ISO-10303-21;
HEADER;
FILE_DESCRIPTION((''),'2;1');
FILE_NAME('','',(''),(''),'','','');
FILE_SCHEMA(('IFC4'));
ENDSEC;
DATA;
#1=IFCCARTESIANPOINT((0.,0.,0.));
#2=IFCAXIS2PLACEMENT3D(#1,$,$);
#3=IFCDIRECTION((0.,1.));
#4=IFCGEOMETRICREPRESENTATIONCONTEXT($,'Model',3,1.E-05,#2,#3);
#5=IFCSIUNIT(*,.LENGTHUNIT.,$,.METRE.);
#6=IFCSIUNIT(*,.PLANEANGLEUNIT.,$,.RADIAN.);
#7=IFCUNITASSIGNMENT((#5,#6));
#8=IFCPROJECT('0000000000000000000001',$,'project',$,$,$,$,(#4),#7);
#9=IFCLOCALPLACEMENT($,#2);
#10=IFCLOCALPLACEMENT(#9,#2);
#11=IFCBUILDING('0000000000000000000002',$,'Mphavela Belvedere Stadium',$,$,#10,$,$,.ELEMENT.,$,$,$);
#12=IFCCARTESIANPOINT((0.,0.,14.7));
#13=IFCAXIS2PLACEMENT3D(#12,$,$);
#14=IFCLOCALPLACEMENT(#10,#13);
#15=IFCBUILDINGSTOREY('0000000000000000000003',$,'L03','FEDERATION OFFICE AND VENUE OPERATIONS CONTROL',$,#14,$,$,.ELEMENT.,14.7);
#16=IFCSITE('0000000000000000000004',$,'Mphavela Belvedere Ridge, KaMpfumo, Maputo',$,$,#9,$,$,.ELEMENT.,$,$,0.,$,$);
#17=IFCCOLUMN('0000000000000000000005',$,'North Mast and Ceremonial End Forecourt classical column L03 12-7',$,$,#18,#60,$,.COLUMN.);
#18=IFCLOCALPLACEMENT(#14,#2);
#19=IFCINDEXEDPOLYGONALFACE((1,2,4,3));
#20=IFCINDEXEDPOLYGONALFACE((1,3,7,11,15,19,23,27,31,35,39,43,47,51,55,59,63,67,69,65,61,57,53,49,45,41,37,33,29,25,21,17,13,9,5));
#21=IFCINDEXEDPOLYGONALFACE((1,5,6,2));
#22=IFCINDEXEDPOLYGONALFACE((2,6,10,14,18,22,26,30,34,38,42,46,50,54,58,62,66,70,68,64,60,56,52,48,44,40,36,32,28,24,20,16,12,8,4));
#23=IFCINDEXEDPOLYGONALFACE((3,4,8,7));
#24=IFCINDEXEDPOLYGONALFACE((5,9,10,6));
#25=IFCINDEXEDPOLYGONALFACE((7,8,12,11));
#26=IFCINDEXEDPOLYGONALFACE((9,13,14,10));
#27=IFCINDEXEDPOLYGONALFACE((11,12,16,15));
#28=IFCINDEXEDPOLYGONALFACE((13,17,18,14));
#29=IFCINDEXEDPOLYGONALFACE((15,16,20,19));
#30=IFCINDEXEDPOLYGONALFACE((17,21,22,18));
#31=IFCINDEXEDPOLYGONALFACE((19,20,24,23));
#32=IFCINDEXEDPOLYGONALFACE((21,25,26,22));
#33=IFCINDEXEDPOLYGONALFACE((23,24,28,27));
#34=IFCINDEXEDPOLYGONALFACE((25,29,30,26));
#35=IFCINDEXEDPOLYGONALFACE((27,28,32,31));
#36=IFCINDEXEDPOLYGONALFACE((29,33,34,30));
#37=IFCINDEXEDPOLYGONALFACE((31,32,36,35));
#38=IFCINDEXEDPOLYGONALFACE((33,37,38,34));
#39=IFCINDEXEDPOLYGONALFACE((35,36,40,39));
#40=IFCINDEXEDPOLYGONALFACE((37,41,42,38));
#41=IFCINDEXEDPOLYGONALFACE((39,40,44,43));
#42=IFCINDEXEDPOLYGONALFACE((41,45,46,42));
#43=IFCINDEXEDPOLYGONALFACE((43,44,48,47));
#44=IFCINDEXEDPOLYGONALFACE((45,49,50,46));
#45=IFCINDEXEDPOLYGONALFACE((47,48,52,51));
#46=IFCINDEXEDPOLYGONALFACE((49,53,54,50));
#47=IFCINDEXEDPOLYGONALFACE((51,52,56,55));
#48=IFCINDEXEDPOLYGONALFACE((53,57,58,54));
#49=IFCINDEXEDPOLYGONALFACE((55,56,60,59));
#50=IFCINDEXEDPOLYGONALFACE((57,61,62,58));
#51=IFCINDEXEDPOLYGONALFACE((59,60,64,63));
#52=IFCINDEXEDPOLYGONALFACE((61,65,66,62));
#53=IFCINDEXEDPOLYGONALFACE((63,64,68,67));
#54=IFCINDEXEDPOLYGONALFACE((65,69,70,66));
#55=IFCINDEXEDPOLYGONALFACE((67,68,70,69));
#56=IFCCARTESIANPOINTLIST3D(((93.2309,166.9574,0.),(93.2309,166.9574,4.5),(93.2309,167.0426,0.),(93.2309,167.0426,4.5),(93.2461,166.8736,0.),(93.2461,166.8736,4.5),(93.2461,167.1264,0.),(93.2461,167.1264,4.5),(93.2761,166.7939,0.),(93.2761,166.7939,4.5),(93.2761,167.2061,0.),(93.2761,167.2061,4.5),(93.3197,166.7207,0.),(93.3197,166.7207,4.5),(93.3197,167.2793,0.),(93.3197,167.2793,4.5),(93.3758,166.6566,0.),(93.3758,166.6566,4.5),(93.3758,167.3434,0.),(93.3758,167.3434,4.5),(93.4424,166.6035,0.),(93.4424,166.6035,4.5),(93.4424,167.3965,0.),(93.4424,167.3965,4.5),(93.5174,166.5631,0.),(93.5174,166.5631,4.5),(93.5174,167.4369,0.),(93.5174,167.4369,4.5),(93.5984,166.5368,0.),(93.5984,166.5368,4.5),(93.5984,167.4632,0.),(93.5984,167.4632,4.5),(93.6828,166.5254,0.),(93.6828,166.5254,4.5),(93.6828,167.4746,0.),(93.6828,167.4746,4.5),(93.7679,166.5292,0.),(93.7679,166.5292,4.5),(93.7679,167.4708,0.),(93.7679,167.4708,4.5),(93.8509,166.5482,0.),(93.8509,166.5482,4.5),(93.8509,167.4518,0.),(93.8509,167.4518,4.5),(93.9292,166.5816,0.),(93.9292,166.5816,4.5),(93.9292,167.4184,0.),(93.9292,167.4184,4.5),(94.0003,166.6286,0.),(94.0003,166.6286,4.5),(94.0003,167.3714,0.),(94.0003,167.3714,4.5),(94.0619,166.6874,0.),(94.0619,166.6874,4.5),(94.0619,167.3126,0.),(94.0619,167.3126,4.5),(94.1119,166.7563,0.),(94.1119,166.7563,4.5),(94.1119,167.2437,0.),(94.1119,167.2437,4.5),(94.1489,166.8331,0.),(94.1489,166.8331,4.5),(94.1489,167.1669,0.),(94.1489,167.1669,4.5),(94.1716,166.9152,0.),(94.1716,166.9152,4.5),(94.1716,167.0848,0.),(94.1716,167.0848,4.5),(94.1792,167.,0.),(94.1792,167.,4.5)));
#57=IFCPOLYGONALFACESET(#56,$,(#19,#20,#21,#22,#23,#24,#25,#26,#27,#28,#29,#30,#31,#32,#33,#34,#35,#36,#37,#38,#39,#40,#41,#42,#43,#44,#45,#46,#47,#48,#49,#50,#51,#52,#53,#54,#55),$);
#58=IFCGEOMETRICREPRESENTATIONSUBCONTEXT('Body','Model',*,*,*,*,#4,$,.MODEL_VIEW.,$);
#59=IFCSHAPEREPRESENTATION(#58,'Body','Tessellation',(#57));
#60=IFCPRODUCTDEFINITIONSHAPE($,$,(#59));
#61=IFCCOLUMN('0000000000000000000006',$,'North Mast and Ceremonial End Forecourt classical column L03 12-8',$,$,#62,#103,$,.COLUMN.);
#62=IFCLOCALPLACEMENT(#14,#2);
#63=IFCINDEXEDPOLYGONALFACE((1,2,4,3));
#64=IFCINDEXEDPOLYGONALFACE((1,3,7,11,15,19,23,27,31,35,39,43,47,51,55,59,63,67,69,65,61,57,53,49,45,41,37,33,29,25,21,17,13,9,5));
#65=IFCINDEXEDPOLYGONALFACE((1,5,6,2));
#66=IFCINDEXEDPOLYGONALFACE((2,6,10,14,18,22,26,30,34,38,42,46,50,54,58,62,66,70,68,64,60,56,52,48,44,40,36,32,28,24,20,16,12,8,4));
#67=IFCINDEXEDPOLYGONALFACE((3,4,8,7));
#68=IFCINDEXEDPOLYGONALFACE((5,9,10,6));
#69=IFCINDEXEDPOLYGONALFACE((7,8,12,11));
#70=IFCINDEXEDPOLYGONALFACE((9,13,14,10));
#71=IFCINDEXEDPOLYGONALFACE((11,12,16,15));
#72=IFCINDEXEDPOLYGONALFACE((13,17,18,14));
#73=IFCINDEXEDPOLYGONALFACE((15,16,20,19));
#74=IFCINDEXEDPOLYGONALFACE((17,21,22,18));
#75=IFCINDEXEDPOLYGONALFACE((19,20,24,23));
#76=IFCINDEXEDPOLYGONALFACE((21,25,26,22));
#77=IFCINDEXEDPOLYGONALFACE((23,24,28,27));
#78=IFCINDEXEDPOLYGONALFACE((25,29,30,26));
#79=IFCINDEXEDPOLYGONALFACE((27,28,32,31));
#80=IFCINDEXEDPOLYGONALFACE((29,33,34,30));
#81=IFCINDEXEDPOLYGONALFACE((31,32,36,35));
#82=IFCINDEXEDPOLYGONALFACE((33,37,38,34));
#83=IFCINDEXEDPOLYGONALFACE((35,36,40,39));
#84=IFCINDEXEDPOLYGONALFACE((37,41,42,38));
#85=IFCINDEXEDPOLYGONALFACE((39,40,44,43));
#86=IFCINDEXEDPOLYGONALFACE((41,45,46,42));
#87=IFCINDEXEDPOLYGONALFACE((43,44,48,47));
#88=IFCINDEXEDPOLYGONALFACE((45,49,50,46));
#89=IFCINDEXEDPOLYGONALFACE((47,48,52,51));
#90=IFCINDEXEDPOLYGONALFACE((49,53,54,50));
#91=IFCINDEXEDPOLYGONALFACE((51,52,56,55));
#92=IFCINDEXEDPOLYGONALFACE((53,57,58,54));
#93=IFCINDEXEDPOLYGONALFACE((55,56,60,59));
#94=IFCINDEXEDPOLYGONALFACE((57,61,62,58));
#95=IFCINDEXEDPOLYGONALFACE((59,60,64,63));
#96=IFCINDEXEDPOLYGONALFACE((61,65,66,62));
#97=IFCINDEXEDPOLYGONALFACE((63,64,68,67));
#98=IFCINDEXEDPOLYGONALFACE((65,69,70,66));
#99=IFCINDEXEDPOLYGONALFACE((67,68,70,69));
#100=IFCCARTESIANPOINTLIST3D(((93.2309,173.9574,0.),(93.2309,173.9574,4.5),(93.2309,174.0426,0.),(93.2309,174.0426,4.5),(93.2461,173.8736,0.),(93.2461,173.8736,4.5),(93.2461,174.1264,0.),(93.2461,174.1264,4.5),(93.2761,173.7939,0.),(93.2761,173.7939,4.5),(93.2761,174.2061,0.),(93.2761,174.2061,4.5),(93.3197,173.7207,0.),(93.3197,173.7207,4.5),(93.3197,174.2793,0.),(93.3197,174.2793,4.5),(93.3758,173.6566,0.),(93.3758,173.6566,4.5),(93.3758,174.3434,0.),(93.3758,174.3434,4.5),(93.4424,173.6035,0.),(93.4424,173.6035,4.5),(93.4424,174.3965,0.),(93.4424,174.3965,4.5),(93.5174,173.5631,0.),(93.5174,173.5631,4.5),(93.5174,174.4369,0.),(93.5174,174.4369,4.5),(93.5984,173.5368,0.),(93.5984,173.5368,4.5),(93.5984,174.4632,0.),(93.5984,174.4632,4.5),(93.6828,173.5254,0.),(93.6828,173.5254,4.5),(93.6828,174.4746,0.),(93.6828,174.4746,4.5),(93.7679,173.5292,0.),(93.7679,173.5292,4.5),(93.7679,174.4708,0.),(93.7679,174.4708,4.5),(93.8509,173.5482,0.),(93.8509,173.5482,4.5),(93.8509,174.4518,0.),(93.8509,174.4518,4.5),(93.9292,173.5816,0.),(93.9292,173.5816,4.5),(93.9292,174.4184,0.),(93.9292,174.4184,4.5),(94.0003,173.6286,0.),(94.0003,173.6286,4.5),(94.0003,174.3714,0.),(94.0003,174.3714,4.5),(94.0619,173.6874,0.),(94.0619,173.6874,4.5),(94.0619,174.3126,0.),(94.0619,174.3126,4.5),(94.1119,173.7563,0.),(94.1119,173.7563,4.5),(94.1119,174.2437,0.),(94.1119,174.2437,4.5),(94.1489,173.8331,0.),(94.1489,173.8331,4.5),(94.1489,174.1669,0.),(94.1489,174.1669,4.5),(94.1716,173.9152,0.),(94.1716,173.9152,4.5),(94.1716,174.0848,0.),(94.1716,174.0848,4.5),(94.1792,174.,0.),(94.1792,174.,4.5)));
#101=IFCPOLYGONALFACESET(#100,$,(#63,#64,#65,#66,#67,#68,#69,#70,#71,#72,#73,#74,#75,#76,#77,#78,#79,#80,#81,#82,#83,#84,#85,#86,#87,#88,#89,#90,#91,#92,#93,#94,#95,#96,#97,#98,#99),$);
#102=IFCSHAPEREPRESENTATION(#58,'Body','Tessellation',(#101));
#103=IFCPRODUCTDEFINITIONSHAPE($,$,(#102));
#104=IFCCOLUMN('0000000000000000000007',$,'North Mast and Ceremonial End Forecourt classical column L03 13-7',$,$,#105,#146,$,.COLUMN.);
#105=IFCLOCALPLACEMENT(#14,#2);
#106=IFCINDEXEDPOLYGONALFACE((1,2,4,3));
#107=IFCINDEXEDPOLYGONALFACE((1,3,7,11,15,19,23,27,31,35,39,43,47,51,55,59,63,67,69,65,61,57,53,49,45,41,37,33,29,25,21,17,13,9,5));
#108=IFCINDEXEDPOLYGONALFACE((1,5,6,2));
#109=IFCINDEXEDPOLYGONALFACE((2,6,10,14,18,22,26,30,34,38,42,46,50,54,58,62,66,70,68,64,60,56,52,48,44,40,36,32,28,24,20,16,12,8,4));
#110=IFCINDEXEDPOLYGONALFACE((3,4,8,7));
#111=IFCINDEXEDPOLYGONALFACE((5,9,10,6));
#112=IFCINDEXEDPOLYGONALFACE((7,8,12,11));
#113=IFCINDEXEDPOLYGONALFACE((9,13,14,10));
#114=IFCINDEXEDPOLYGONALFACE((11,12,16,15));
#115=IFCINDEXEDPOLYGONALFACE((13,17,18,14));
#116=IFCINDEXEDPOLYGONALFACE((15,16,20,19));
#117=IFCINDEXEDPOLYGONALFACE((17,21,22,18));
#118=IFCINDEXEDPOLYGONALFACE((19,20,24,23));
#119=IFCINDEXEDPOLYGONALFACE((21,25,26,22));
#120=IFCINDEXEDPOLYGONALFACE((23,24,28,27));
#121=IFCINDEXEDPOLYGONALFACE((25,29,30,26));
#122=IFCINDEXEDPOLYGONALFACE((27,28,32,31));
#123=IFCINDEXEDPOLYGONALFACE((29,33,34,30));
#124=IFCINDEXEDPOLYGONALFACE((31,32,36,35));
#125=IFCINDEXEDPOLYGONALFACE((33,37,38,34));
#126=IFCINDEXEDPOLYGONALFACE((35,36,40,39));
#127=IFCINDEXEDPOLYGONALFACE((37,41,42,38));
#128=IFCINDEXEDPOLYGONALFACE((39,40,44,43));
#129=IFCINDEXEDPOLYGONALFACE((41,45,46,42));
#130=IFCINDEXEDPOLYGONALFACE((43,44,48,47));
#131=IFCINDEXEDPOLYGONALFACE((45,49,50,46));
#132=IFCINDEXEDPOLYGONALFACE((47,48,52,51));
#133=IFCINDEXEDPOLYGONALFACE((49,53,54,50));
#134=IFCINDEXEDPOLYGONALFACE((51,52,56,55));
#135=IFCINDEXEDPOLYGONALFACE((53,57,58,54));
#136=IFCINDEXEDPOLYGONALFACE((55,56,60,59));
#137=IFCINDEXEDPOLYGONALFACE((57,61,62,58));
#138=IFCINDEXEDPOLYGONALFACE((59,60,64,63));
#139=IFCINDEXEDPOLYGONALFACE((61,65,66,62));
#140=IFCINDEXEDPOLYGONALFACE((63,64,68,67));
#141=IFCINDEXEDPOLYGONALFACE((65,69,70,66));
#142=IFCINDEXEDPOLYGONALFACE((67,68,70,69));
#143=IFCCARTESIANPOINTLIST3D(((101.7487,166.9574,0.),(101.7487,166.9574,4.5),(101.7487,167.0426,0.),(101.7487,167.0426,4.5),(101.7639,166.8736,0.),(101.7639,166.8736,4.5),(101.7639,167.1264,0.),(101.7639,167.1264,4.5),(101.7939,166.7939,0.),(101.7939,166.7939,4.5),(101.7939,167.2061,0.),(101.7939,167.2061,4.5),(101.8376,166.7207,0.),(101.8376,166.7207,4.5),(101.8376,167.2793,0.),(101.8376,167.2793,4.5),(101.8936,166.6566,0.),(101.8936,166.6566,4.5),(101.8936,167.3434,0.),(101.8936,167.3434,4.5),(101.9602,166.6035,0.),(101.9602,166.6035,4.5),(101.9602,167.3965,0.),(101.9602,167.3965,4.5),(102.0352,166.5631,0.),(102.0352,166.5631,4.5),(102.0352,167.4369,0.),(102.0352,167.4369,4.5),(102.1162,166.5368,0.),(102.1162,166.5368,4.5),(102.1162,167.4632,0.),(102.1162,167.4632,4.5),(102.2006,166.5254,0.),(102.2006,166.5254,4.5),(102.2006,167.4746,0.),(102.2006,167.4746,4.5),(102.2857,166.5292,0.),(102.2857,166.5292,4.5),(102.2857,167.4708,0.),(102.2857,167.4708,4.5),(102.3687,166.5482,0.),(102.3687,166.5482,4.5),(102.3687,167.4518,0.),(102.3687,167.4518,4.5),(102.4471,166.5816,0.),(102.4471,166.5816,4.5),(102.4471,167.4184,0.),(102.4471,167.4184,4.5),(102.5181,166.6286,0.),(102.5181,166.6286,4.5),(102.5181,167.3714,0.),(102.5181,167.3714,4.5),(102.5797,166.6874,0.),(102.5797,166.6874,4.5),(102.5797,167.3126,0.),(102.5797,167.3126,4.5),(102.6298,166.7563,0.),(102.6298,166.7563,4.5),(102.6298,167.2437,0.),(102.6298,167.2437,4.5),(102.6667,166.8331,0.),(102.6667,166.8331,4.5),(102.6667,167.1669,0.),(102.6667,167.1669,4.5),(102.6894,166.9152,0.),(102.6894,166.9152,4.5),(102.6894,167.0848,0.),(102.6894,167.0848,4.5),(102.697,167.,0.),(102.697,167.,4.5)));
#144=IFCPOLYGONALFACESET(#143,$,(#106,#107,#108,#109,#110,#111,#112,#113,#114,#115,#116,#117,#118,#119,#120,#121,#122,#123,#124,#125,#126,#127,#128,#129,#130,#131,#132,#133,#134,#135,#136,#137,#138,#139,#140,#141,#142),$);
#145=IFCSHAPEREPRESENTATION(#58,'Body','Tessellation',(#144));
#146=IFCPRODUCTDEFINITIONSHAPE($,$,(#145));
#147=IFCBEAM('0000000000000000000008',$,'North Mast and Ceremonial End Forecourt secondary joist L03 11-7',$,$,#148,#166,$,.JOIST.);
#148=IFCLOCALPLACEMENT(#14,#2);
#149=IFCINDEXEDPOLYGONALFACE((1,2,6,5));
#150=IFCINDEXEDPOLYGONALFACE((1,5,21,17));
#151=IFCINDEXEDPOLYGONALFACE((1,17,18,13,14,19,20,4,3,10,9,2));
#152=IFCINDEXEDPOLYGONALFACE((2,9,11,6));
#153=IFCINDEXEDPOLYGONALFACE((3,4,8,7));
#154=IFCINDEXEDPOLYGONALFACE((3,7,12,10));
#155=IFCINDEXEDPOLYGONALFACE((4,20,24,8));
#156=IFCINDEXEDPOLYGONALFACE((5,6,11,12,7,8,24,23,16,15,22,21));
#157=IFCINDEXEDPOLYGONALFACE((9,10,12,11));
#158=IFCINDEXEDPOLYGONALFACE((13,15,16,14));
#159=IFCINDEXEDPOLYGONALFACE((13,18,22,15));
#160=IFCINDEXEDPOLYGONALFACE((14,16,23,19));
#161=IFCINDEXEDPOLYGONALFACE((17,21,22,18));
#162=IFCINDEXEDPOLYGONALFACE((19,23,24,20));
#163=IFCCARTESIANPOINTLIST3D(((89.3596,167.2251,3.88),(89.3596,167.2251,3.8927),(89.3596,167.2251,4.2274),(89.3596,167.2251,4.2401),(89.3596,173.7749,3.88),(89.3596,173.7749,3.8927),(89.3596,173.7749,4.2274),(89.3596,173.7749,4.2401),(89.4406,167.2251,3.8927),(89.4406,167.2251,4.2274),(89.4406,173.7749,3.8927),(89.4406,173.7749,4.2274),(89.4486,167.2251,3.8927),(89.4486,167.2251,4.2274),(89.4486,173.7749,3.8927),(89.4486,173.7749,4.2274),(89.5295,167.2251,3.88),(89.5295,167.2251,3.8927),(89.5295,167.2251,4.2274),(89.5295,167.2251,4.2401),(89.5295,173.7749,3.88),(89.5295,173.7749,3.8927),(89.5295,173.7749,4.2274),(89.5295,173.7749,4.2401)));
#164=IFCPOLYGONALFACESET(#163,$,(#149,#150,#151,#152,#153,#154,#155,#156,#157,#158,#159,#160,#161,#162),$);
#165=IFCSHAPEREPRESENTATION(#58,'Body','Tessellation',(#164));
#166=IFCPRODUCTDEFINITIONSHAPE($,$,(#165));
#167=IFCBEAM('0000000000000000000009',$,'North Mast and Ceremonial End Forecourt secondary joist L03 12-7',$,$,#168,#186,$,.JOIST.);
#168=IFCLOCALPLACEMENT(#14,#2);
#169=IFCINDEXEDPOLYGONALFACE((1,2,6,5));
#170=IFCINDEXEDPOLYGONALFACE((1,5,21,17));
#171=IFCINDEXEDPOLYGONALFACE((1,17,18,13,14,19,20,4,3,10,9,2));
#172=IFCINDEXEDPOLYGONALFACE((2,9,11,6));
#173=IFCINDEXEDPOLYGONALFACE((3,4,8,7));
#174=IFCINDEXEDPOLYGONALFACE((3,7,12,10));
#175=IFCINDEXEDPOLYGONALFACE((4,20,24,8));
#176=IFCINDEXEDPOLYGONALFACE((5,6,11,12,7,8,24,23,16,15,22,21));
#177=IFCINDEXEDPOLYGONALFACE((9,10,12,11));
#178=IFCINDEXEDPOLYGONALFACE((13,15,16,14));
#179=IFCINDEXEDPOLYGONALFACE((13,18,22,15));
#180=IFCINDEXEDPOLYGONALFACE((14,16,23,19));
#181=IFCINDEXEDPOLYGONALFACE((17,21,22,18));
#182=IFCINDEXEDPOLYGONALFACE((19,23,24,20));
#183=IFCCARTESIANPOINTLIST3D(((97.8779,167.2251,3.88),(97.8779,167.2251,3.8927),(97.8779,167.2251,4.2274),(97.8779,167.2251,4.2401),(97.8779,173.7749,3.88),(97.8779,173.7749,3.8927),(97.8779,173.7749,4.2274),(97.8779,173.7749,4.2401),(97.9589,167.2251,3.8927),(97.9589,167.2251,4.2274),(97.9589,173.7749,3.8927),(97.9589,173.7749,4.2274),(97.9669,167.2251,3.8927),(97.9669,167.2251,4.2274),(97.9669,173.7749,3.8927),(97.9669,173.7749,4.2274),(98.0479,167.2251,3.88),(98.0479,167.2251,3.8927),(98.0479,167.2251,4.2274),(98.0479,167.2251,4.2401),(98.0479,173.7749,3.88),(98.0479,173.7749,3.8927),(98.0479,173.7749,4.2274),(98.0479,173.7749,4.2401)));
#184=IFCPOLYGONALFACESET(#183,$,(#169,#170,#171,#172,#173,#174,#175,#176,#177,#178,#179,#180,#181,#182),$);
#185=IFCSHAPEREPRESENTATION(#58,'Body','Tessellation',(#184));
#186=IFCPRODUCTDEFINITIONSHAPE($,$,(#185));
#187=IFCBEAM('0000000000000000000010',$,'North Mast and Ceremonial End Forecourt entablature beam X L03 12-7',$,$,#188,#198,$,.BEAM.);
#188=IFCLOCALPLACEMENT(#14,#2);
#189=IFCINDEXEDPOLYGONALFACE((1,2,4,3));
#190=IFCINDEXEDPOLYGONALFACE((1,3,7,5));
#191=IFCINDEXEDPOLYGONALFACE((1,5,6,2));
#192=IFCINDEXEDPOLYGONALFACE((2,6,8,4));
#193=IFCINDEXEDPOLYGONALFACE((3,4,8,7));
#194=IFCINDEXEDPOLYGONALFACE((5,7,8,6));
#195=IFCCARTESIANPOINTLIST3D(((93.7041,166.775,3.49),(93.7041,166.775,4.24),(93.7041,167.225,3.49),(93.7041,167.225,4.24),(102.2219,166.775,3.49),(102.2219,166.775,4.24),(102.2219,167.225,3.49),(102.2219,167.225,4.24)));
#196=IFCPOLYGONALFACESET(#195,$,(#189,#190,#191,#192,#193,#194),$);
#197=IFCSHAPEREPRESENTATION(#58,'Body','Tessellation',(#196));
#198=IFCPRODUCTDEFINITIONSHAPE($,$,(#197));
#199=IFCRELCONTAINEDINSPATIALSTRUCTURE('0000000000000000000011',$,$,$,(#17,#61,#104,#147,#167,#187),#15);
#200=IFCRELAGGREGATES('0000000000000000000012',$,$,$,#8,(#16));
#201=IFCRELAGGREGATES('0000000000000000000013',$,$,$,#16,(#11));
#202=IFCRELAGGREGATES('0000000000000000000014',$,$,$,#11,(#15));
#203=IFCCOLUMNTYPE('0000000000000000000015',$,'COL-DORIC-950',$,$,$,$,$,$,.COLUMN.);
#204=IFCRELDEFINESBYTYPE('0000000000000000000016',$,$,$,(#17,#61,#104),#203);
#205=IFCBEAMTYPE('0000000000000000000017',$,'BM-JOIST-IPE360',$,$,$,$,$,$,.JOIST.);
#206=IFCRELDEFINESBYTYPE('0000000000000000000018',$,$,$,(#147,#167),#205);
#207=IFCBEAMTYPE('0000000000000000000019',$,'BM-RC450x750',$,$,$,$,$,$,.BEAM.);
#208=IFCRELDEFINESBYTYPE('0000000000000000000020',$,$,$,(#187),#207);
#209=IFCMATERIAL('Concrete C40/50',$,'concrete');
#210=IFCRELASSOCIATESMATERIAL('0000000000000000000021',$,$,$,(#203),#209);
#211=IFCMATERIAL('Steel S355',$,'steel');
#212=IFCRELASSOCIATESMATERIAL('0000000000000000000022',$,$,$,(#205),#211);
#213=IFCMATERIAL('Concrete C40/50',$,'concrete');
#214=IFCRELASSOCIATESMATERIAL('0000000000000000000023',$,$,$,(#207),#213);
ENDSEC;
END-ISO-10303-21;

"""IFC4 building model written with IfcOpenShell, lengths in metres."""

from ifc_helpers import new_model, si_unit, direction, frame, origin, origin_2d, place, context, subcontext, project, spatial, rectangle, circle, i_section, extrude, material, material_profile, profile_set, type_object, element, save


model = new_model("IFC4")

# Units and contexts
model_context = context("Model", 3, precision=1e-05, world=origin(), true_north=direction((0.0, 1.0)))
body_context = subcontext(model_context, "Body", "Model", "MODEL_VIEW")
ifc_project = project(units=[si_unit("LENGTHUNIT", "METRE"), si_unit("PLANEANGLEUNIT", "RADIAN")], contexts=[model_context])

# Site, building, storey
site_placement = place(None, origin())
site = spatial("IfcSite", under=ifc_project, at=site_placement, Name="Mphavela Belvedere Ridge, KaMpfumo, Maputo", CompositionType="ELEMENT", RefElevation=0.0)
building_placement = place(site_placement, origin())
building = spatial("IfcBuilding", under=site, at=building_placement, Name="Mphavela Belvedere Stadium", CompositionType="ELEMENT")
storey_placement = place(building_placement, frame((0.0, 0.0, 14.7)))
storey = spatial("IfcBuildingStorey", under=building, at=storey_placement, Name="L03", Description="FEDERATION OFFICE AND VENUE OPERATIONS CONTROL", CompositionType="ELEMENT", Elevation=14.7)

# Columns
ifc_material_1 = material(Name="Concrete C40/50", Category="concrete")
ifc_material_profile_1 = material_profile(ifc_material_1, circle(Radius=0.4751, at=origin_2d()), Name="COL D950")
ifc_profile_set_1 = profile_set([ifc_material_profile_1], Name="Concrete C40/50")
column_type = type_object("IfcColumnType", Name="COL-DORIC-950", PredefinedType="COLUMN", material=ifc_profile_set_1)
for number, where, z_axis, x_axis, name in (
    (1, (93.7041, 167.0, 0.0), (0.0, 0.0, 1.0), (1.0, 0.0, 0.0), "North Mast and Ceremonial End Forecourt classical column L03 12-7"),
    (2, (93.7041, 174.0, 0.0), (0.0, 0.0, 1.0), (1.0, 0.0, 0.0), "North Mast and Ceremonial End Forecourt classical column L03 12-8"),
    (3, (102.2219, 167.0, 0.0), (0.0, 0.0, 1.0), (1.0, 0.0, 0.0), "North Mast and Ceremonial End Forecourt classical column L03 13-7"),
):
    element("IfcColumn", number, at=place(storey_placement, frame(where, z_axis=z_axis, x_axis=x_axis)), inside=storey, type_object=column_type, Name=name, PredefinedType="COLUMN", context=body_context, shape_type="SweptSolid", body=[
        extrude(circle(Radius=0.4751, at=origin_2d()), origin(), (0.0, 0.0, 1.0), 4.5),
    ])

# Beams
ifc_material_2 = material(Name="Steel S355", Category="steel")
ifc_material_profile_2 = material_profile(ifc_material_2, i_section(OverallWidth=0.1699, OverallDepth=0.3601, WebThickness=0.0081, FlangeThickness=0.0127, at=origin_2d()), Name="IPE 360")
ifc_profile_set_2 = profile_set([ifc_material_profile_2], Name="Steel S355")
beam_type_1 = type_object("IfcBeamType", Name="BM-JOIST-IPE360", PredefinedType="JOIST", material=ifc_profile_set_2)
for number, where, z_axis, x_axis, name in (
    (4, (89.4446, 167.2251, 4.0601), (0.0, 1.0, 0.0), (-1.0, 0.0, 0.0), "North Mast and Ceremonial End Forecourt secondary joist L03 11-7"),
    (5, (97.9629, 167.2251, 4.0601), (0.0, 1.0, 0.0), (-1.0, 0.0, 0.0), "North Mast and Ceremonial End Forecourt secondary joist L03 12-7"),
):
    element("IfcBeam", number, at=place(storey_placement, frame(where, z_axis=z_axis, x_axis=x_axis)), inside=storey, type_object=beam_type_1, Name=name, PredefinedType="JOIST", context=body_context, shape_type="SweptSolid", body=[
        extrude(i_section(OverallWidth=0.1699, OverallDepth=0.3601, WebThickness=0.0081, FlangeThickness=0.0127, at=origin_2d()), origin(), (0.0, 0.0, 1.0), 6.5498),
    ])
ifc_material_3 = material(Name="Concrete C40/50", Category="concrete")
ifc_material_profile_3 = material_profile(ifc_material_3, rectangle(XDim=0.45, YDim=0.75, at=origin_2d()), Name="RC 450x750")
ifc_profile_set_3 = profile_set([ifc_material_profile_3], Name="Concrete C40/50")
beam_type_2 = type_object("IfcBeamType", Name="BM-RC450x750", PredefinedType="BEAM", material=ifc_profile_set_3)
beam_1_placement = place(storey_placement, frame((93.7041, 167.0, 3.865), z_axis=(1.0, 0.0, 0.0), x_axis=(0.0, 1.0, 0.0)))
element("IfcBeam", 6, at=beam_1_placement, inside=storey, type_object=beam_type_2, Name="North Mast and Ceremonial End Forecourt entablature beam X L03 12-7", PredefinedType="BEAM", context=body_context, shape_type="SweptSolid", body=[
    extrude(rectangle(XDim=0.45, YDim=0.75, at=origin_2d()), origin(), (0.0, 0.0, 1.0), 8.5178),
])

save(model, "model.ifc")
